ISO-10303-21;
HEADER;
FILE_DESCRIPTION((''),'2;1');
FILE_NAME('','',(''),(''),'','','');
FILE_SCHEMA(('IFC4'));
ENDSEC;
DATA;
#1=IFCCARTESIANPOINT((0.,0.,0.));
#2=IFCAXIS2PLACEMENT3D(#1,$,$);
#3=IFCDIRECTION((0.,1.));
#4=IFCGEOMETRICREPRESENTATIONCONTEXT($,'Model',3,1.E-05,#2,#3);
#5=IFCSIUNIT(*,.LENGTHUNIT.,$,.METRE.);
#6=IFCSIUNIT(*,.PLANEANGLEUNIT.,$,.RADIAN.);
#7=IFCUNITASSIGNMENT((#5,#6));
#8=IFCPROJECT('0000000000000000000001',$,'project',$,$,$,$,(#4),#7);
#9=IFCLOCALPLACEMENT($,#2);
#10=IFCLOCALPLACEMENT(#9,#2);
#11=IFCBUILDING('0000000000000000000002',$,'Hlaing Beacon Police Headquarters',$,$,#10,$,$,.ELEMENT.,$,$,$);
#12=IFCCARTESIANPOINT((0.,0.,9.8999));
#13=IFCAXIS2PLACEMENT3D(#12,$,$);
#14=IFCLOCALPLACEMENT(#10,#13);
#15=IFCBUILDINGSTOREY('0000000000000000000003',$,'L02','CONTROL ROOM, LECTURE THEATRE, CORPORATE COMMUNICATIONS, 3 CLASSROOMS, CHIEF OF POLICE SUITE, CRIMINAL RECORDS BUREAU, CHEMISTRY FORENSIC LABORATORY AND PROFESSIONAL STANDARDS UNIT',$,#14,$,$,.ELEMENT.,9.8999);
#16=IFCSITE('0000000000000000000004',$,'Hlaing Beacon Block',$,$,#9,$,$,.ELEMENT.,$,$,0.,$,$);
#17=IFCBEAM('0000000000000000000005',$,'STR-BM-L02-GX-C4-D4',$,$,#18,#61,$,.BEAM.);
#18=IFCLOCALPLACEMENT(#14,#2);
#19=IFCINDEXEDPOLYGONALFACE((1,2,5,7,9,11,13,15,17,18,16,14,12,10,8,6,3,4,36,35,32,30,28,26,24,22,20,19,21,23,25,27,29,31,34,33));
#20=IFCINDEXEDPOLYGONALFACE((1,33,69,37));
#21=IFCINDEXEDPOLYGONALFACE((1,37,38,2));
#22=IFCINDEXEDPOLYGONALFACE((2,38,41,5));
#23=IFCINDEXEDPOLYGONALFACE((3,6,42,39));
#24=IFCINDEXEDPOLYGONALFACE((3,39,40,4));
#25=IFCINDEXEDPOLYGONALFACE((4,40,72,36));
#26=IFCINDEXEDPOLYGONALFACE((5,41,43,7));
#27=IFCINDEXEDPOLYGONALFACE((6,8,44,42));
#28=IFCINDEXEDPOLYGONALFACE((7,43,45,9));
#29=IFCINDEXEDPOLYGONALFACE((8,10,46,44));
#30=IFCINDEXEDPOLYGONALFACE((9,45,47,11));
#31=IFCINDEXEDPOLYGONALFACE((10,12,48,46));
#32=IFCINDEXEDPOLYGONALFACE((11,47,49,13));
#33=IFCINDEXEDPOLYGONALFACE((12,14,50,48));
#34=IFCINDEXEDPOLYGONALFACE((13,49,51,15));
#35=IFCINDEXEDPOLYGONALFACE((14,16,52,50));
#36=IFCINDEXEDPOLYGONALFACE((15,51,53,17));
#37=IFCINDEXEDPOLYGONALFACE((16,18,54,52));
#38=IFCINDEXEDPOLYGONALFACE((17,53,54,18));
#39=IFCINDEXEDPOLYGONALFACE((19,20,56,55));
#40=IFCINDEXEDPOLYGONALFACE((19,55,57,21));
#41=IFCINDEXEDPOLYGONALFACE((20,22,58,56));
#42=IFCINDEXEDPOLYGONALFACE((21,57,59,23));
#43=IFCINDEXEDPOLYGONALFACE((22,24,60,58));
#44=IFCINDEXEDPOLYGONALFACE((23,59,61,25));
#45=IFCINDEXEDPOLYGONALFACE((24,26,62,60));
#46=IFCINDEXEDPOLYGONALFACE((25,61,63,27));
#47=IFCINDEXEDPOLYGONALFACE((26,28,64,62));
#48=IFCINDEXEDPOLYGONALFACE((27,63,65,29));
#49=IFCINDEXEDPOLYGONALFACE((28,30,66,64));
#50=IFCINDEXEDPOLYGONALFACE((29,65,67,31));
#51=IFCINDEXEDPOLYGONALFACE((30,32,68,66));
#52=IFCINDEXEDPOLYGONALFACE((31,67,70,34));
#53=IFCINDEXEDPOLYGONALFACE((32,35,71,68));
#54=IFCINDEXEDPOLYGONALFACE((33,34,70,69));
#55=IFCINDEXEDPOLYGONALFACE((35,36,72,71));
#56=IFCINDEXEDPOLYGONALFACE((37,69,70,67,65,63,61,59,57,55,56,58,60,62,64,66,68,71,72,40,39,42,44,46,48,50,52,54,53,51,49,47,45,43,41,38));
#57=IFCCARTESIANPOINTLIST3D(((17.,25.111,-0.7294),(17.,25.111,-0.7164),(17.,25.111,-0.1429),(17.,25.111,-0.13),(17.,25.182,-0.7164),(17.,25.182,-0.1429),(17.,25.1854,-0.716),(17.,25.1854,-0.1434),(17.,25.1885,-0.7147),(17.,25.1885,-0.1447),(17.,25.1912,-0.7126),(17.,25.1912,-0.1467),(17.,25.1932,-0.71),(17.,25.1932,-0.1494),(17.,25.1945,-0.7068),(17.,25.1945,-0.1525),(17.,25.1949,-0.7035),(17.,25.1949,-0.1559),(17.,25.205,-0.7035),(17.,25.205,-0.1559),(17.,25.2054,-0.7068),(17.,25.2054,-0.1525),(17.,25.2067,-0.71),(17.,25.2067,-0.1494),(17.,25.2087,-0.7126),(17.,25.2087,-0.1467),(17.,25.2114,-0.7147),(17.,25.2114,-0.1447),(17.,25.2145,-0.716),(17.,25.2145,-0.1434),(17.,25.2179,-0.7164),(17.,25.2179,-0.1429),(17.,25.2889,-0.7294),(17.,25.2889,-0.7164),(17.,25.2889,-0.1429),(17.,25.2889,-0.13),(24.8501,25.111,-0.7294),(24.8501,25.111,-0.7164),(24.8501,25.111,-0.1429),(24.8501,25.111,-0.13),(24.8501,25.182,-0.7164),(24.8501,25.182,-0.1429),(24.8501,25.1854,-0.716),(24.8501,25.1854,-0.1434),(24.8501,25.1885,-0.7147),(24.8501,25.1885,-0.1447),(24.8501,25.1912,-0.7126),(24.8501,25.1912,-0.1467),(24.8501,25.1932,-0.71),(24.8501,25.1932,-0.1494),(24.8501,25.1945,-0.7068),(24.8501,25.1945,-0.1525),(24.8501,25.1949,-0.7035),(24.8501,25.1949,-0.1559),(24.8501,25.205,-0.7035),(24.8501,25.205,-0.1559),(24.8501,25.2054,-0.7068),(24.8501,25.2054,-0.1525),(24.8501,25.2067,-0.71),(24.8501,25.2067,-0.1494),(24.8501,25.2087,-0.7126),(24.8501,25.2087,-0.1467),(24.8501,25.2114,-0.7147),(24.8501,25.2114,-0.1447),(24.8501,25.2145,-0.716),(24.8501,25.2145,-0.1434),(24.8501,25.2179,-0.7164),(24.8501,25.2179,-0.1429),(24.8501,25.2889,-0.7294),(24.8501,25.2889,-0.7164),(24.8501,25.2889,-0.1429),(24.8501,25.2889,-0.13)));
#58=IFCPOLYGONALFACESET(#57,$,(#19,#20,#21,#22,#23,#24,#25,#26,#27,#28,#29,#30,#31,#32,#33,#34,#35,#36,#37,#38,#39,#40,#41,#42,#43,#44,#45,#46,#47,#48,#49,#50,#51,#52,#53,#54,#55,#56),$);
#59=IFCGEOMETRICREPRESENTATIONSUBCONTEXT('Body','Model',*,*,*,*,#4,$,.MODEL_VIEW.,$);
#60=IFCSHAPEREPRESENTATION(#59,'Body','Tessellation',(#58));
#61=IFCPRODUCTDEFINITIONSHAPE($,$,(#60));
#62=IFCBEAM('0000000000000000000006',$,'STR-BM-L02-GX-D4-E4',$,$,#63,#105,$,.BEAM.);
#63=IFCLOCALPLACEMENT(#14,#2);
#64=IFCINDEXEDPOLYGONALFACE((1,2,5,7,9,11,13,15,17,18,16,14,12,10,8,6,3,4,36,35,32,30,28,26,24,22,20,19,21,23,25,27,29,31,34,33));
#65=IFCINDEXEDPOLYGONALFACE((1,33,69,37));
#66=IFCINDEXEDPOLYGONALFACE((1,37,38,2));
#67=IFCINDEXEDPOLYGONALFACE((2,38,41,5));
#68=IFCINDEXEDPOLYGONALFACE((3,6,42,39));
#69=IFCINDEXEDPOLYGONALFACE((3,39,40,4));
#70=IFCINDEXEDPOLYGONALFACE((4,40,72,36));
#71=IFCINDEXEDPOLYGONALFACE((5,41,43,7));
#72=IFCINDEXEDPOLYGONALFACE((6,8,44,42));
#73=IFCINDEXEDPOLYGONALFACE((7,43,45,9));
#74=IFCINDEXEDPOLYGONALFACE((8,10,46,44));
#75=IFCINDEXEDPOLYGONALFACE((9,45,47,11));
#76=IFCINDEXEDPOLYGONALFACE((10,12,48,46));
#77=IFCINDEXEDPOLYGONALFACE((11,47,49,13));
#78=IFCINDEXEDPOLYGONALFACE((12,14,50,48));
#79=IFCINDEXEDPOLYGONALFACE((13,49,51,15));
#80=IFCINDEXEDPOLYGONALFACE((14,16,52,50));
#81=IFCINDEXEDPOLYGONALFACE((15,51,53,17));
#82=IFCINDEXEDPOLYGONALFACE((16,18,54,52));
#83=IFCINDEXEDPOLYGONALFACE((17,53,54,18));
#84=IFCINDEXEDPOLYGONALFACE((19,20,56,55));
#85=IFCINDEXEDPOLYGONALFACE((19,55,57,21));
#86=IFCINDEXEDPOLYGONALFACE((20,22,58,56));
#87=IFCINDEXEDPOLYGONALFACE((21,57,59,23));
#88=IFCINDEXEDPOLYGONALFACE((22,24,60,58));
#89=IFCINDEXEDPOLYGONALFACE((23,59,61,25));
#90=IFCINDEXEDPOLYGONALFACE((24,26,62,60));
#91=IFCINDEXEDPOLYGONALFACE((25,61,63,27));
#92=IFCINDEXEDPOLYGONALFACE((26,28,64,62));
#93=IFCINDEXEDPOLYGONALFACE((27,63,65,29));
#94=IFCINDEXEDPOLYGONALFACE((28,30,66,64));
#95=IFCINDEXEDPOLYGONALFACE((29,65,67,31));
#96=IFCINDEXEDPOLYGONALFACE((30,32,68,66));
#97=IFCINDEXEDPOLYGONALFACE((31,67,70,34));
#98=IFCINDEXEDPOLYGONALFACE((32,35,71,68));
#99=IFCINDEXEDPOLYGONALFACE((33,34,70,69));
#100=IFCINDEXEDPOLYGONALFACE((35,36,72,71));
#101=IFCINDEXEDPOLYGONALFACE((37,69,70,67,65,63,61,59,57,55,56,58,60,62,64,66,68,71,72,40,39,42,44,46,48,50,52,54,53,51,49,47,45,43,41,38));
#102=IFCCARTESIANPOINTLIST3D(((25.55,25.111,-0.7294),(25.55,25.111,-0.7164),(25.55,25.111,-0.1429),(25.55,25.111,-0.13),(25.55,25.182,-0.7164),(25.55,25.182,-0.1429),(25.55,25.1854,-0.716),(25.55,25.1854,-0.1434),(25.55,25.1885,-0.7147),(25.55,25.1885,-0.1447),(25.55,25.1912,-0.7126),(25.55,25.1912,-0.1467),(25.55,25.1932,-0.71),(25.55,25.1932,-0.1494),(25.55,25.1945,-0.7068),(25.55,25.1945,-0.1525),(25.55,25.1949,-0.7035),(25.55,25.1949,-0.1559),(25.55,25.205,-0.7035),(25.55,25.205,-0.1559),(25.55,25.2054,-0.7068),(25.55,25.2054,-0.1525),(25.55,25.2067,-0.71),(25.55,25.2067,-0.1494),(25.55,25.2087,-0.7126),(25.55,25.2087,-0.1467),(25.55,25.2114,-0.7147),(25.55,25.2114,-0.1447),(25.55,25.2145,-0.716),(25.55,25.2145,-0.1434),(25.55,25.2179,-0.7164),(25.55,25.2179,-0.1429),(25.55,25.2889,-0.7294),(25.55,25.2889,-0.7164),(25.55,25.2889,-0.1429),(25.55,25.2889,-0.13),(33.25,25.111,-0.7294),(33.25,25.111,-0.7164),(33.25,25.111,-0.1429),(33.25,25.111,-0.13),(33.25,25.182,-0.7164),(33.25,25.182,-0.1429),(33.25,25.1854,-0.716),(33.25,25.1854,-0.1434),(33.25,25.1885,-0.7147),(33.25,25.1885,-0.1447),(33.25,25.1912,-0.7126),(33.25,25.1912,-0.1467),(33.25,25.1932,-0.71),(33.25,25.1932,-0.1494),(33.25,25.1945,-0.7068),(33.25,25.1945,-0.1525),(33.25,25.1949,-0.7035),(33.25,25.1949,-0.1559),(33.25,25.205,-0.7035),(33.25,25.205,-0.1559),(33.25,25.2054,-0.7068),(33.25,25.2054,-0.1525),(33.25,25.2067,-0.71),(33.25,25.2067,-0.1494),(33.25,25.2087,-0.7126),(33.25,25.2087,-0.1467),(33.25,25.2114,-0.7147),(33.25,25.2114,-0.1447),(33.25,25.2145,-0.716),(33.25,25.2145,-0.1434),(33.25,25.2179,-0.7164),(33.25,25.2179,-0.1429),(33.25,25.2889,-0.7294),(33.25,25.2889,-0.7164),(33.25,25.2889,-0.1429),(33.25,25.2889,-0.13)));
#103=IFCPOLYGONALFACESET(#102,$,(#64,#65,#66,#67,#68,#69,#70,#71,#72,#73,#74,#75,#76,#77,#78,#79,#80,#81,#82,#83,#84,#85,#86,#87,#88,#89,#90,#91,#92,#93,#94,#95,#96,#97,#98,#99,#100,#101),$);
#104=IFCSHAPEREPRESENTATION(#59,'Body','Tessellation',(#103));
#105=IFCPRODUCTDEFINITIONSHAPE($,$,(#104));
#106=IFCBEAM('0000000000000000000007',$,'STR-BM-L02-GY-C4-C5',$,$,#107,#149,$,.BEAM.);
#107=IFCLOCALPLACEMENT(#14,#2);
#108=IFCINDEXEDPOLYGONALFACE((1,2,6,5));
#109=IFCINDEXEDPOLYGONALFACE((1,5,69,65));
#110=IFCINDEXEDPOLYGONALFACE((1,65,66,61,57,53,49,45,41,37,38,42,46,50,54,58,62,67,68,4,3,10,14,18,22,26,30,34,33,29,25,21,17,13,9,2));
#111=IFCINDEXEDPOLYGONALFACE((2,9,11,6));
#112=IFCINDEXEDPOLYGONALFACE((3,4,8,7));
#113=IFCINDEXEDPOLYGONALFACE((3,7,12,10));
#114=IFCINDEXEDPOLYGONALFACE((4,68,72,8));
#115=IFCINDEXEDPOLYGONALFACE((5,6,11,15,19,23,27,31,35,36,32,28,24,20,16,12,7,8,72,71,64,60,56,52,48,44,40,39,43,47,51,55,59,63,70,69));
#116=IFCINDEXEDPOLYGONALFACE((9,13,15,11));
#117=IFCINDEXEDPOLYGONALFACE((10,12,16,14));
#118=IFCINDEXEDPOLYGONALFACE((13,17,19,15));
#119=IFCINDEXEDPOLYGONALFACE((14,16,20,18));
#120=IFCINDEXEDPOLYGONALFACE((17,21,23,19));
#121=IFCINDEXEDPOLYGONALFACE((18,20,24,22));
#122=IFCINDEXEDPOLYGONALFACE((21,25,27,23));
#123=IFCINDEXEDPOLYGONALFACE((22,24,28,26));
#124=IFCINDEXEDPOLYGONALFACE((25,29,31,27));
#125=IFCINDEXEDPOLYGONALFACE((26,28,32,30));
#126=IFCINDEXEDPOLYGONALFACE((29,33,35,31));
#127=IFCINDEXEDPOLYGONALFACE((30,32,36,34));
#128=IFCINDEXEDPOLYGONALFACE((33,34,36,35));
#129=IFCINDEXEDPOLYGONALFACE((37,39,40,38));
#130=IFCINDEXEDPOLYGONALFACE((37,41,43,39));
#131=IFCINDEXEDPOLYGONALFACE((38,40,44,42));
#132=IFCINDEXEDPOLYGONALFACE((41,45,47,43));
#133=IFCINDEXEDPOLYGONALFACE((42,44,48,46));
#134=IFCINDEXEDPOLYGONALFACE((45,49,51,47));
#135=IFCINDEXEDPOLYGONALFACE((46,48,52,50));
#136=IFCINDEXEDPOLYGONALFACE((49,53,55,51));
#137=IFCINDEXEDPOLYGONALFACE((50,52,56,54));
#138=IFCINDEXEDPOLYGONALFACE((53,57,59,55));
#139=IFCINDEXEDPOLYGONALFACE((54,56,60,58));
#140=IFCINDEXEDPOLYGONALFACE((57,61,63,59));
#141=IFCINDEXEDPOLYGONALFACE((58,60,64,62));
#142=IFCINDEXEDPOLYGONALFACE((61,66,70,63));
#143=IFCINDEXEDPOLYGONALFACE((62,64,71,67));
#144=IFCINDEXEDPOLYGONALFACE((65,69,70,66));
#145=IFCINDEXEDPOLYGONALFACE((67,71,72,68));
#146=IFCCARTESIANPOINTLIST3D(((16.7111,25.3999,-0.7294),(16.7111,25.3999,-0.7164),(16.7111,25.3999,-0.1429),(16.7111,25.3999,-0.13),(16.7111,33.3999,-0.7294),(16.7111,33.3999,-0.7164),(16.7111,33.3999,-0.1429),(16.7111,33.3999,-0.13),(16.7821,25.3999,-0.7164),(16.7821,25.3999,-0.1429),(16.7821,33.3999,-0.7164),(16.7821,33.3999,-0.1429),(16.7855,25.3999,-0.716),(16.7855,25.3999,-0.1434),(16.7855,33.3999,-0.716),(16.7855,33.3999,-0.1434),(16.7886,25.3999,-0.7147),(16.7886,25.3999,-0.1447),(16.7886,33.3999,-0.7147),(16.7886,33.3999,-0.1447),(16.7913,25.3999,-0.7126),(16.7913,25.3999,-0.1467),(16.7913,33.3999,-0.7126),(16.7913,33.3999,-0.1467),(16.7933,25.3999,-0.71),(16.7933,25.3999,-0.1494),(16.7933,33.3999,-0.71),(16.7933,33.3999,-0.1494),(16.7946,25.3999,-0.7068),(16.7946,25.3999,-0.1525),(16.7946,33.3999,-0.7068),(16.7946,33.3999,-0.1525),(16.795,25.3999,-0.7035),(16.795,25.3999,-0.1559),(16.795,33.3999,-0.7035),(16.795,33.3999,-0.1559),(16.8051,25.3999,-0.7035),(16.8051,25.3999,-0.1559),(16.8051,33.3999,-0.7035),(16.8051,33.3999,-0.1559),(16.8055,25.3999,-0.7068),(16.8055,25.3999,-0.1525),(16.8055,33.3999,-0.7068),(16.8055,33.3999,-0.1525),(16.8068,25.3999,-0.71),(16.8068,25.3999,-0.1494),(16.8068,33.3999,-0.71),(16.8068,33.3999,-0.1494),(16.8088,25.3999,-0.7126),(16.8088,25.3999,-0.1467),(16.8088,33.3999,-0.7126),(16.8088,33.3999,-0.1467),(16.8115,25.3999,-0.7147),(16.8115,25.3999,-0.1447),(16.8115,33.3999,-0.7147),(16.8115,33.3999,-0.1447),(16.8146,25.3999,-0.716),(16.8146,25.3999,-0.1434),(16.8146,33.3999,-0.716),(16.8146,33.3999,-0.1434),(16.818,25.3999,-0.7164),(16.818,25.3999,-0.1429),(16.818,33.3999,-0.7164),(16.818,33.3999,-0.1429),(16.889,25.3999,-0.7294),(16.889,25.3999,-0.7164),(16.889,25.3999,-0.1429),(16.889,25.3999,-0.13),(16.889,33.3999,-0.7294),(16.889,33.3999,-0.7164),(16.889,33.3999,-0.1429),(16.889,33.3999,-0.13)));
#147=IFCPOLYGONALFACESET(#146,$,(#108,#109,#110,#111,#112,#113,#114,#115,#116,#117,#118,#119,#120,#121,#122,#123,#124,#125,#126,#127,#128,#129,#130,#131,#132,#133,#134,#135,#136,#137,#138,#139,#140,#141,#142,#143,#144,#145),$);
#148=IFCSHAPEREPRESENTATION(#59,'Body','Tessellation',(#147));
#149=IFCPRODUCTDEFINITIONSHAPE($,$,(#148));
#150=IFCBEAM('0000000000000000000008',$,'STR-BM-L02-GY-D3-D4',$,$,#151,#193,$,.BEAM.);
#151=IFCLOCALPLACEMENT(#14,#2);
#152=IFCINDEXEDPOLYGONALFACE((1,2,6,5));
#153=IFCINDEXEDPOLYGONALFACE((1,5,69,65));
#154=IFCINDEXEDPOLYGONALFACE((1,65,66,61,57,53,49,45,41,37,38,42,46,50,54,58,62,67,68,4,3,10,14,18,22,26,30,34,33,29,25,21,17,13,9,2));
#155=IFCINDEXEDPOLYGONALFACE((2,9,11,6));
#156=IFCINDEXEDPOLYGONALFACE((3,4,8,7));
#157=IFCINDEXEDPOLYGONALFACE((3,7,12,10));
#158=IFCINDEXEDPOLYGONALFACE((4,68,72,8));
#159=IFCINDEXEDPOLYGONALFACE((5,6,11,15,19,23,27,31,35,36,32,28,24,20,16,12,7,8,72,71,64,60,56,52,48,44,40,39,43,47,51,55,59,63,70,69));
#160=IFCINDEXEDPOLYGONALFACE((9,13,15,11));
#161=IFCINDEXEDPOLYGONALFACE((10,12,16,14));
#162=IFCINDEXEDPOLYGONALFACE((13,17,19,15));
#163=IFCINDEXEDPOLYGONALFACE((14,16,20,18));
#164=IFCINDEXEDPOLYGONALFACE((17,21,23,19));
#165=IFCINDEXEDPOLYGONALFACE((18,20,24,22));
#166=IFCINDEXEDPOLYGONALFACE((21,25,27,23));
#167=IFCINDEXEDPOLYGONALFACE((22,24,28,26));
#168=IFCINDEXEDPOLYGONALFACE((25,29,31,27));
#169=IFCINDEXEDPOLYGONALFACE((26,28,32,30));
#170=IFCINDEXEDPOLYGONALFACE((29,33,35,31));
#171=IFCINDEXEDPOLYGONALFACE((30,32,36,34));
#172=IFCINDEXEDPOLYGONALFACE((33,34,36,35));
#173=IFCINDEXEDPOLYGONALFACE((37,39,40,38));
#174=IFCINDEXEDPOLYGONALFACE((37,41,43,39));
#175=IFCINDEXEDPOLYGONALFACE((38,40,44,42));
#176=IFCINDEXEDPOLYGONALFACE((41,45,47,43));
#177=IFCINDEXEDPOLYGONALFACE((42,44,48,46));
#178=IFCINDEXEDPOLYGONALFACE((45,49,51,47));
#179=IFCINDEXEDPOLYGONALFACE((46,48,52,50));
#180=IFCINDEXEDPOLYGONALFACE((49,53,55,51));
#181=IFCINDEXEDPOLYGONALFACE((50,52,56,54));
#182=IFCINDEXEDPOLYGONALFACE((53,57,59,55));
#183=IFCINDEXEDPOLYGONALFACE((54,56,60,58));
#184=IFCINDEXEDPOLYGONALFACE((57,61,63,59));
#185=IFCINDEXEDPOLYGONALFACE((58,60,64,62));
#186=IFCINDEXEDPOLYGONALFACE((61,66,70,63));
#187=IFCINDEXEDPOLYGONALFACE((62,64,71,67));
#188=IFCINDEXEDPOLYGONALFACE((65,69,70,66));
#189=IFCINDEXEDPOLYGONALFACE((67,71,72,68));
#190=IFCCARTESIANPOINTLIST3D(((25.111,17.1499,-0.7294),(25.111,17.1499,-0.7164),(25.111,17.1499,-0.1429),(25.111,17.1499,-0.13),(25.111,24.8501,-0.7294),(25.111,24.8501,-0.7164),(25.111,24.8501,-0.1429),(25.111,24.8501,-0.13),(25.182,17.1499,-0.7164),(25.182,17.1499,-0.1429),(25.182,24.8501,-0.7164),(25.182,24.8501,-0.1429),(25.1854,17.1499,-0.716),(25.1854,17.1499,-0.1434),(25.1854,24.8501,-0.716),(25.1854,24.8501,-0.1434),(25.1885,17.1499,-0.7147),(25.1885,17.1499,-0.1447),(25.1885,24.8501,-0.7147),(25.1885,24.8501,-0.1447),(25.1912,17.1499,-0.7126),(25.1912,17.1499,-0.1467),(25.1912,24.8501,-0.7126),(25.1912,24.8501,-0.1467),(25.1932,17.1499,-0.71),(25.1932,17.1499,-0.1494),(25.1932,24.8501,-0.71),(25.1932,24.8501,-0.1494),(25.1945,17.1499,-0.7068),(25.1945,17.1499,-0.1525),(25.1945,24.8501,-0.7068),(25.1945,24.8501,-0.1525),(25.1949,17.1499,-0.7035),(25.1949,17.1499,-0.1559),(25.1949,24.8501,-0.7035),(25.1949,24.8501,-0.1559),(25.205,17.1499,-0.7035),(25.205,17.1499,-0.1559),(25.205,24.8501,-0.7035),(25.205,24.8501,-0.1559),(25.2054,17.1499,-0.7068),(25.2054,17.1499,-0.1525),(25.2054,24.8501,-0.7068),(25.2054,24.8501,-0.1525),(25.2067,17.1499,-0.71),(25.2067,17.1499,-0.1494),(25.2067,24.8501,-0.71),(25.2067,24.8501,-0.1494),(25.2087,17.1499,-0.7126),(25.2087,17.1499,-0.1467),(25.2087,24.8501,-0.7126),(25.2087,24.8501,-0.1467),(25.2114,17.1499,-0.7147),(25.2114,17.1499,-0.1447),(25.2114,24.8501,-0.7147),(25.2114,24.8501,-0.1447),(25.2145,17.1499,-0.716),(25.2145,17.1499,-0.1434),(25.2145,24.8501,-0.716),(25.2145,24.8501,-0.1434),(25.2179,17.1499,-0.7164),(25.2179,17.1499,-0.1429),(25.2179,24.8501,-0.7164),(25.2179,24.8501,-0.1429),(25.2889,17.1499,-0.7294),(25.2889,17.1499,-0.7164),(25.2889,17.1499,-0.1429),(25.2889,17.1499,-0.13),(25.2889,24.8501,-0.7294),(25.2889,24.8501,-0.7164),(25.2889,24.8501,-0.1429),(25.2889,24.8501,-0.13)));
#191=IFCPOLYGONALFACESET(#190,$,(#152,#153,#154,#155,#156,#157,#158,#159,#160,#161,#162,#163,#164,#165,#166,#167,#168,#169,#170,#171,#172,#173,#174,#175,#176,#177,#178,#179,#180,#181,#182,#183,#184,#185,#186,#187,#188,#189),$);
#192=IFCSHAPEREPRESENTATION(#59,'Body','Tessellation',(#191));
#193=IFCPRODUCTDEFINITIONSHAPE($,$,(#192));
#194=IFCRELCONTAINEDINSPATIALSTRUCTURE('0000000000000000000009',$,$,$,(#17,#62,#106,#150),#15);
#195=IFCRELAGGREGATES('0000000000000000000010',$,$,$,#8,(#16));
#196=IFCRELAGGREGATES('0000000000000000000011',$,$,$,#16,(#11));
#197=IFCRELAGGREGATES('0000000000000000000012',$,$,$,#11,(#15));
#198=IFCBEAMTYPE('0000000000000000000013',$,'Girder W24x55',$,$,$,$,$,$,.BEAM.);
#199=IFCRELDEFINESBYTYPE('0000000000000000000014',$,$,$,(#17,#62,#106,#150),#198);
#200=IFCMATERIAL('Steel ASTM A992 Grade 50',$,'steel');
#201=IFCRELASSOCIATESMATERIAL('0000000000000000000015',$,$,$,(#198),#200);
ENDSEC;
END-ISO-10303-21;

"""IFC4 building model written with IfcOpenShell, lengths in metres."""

from ifc_helpers import new_model, si_unit, direction, frame, origin, origin_2d, place, context, subcontext, project, spatial, i_section, extrude, material, material_profile, profile_set, type_object, element, save


model = new_model("IFC4")

# Units and contexts
model_context = context("Model", 3, precision=1e-05, world=origin(), true_north=direction((0.0, 1.0)))
body_context = subcontext(model_context, "Body", "Model", "MODEL_VIEW")
ifc_project = project(units=[si_unit("LENGTHUNIT", "METRE"), si_unit("PLANEANGLEUNIT", "RADIAN")], contexts=[model_context])

# Site, building, storey
site_placement = place(None, origin())
site = spatial("IfcSite", under=ifc_project, at=site_placement, Name="Hlaing Beacon Block", CompositionType="ELEMENT", RefElevation=0.0)
building_placement = place(site_placement, origin())
building = spatial("IfcBuilding", under=site, at=building_placement, Name="Hlaing Beacon Police Headquarters", CompositionType="ELEMENT")
storey_placement = place(building_placement, frame((0.0, 0.0, 9.8999)))
storey = spatial("IfcBuildingStorey", under=building, at=storey_placement, Name="L02", Description="CONTROL ROOM, LECTURE THEATRE, CORPORATE COMMUNICATIONS, 3 CLASSROOMS, CHIEF OF POLICE SUITE, CRIMINAL RECORDS BUREAU, CHEMISTRY FORENSIC LABORATORY AND PROFESSIONAL STANDARDS UNIT", CompositionType="ELEMENT", Elevation=9.8999)

# Beams
ifc_material_1 = material(Name="Steel ASTM A992 Grade 50", Category="steel")
ifc_material_profile_1 = material_profile(ifc_material_1, i_section(OverallWidth=0.178, OverallDepth=0.5994, WebThickness=0.01, FlangeThickness=0.0129, FilletRadius=0.0129, at=origin_2d()), Name="W24x55")
ifc_profile_set_1 = profile_set([ifc_material_profile_1], Name="Steel ASTM A992 Grade 50")
beam_type_1 = type_object("IfcBeamType", Name="Girder W24x55", PredefinedType="BEAM", material=ifc_profile_set_1)
beam_1_placement = place(storey_placement, frame((17.0, 25.2, -0.4297), z_axis=(1.0, 0.0, 0.0), x_axis=(0.0, 1.0, 0.0)))
element("IfcBeam", 1, at=beam_1_placement, inside=storey, type_object=beam_type_1, Name="STR-BM-L02-GX-C4-D4", PredefinedType="BEAM", context=body_context, shape_type="SweptSolid", body=[
    extrude(i_section(OverallWidth=0.178, OverallDepth=0.5994, WebThickness=0.01, FlangeThickness=0.0129, FilletRadius=0.0129, at=origin_2d()), origin(), (0.0, 0.0, 1.0), 7.8501),
])
beam_2_placement = place(storey_placement, frame((25.55, 25.2, -0.4297), z_axis=(1.0, 0.0, 0.0), x_axis=(0.0, 1.0, 0.0)))
element("IfcBeam", 2, at=beam_2_placement, inside=storey, type_object=beam_type_1, Name="STR-BM-L02-GX-D4-E4", PredefinedType="BEAM", context=body_context, shape_type="SweptSolid", body=[
    extrude(i_section(OverallWidth=0.178, OverallDepth=0.5994, WebThickness=0.01, FlangeThickness=0.0129, FilletRadius=0.0129, at=origin_2d()), origin(), (0.0, 0.0, 1.0), 7.7),
])
beam_3_placement = place(storey_placement, frame((16.8, 25.3999, -0.4297), z_axis=(0.0, 1.0, 0.0), x_axis=(-1.0, 0.0, 0.0)))
element("IfcBeam", 3, at=beam_3_placement, inside=storey, type_object=beam_type_1, Name="STR-BM-L02-GY-C4-C5", PredefinedType="BEAM", context=body_context, shape_type="SweptSolid", body=[
    extrude(i_section(OverallWidth=0.178, OverallDepth=0.5994, WebThickness=0.01, FlangeThickness=0.0129, FilletRadius=0.0129, at=origin_2d()), origin(), (0.0, 0.0, 1.0), 8.0),
])
beam_4_placement = place(storey_placement, frame((25.2, 17.1499, -0.4297), z_axis=(0.0, 1.0, 0.0), x_axis=(-1.0, 0.0, 0.0)))
element("IfcBeam", 4, at=beam_4_placement, inside=storey, type_object=beam_type_1, Name="STR-BM-L02-GY-D3-D4", PredefinedType="BEAM", context=body_context, shape_type="SweptSolid", body=[
    extrude(i_section(OverallWidth=0.178, OverallDepth=0.5994, WebThickness=0.01, FlangeThickness=0.0129, FilletRadius=0.0129, at=origin_2d()), origin(), (0.0, 0.0, 1.0), 7.7002),
])

save(model, "model.ifc")
